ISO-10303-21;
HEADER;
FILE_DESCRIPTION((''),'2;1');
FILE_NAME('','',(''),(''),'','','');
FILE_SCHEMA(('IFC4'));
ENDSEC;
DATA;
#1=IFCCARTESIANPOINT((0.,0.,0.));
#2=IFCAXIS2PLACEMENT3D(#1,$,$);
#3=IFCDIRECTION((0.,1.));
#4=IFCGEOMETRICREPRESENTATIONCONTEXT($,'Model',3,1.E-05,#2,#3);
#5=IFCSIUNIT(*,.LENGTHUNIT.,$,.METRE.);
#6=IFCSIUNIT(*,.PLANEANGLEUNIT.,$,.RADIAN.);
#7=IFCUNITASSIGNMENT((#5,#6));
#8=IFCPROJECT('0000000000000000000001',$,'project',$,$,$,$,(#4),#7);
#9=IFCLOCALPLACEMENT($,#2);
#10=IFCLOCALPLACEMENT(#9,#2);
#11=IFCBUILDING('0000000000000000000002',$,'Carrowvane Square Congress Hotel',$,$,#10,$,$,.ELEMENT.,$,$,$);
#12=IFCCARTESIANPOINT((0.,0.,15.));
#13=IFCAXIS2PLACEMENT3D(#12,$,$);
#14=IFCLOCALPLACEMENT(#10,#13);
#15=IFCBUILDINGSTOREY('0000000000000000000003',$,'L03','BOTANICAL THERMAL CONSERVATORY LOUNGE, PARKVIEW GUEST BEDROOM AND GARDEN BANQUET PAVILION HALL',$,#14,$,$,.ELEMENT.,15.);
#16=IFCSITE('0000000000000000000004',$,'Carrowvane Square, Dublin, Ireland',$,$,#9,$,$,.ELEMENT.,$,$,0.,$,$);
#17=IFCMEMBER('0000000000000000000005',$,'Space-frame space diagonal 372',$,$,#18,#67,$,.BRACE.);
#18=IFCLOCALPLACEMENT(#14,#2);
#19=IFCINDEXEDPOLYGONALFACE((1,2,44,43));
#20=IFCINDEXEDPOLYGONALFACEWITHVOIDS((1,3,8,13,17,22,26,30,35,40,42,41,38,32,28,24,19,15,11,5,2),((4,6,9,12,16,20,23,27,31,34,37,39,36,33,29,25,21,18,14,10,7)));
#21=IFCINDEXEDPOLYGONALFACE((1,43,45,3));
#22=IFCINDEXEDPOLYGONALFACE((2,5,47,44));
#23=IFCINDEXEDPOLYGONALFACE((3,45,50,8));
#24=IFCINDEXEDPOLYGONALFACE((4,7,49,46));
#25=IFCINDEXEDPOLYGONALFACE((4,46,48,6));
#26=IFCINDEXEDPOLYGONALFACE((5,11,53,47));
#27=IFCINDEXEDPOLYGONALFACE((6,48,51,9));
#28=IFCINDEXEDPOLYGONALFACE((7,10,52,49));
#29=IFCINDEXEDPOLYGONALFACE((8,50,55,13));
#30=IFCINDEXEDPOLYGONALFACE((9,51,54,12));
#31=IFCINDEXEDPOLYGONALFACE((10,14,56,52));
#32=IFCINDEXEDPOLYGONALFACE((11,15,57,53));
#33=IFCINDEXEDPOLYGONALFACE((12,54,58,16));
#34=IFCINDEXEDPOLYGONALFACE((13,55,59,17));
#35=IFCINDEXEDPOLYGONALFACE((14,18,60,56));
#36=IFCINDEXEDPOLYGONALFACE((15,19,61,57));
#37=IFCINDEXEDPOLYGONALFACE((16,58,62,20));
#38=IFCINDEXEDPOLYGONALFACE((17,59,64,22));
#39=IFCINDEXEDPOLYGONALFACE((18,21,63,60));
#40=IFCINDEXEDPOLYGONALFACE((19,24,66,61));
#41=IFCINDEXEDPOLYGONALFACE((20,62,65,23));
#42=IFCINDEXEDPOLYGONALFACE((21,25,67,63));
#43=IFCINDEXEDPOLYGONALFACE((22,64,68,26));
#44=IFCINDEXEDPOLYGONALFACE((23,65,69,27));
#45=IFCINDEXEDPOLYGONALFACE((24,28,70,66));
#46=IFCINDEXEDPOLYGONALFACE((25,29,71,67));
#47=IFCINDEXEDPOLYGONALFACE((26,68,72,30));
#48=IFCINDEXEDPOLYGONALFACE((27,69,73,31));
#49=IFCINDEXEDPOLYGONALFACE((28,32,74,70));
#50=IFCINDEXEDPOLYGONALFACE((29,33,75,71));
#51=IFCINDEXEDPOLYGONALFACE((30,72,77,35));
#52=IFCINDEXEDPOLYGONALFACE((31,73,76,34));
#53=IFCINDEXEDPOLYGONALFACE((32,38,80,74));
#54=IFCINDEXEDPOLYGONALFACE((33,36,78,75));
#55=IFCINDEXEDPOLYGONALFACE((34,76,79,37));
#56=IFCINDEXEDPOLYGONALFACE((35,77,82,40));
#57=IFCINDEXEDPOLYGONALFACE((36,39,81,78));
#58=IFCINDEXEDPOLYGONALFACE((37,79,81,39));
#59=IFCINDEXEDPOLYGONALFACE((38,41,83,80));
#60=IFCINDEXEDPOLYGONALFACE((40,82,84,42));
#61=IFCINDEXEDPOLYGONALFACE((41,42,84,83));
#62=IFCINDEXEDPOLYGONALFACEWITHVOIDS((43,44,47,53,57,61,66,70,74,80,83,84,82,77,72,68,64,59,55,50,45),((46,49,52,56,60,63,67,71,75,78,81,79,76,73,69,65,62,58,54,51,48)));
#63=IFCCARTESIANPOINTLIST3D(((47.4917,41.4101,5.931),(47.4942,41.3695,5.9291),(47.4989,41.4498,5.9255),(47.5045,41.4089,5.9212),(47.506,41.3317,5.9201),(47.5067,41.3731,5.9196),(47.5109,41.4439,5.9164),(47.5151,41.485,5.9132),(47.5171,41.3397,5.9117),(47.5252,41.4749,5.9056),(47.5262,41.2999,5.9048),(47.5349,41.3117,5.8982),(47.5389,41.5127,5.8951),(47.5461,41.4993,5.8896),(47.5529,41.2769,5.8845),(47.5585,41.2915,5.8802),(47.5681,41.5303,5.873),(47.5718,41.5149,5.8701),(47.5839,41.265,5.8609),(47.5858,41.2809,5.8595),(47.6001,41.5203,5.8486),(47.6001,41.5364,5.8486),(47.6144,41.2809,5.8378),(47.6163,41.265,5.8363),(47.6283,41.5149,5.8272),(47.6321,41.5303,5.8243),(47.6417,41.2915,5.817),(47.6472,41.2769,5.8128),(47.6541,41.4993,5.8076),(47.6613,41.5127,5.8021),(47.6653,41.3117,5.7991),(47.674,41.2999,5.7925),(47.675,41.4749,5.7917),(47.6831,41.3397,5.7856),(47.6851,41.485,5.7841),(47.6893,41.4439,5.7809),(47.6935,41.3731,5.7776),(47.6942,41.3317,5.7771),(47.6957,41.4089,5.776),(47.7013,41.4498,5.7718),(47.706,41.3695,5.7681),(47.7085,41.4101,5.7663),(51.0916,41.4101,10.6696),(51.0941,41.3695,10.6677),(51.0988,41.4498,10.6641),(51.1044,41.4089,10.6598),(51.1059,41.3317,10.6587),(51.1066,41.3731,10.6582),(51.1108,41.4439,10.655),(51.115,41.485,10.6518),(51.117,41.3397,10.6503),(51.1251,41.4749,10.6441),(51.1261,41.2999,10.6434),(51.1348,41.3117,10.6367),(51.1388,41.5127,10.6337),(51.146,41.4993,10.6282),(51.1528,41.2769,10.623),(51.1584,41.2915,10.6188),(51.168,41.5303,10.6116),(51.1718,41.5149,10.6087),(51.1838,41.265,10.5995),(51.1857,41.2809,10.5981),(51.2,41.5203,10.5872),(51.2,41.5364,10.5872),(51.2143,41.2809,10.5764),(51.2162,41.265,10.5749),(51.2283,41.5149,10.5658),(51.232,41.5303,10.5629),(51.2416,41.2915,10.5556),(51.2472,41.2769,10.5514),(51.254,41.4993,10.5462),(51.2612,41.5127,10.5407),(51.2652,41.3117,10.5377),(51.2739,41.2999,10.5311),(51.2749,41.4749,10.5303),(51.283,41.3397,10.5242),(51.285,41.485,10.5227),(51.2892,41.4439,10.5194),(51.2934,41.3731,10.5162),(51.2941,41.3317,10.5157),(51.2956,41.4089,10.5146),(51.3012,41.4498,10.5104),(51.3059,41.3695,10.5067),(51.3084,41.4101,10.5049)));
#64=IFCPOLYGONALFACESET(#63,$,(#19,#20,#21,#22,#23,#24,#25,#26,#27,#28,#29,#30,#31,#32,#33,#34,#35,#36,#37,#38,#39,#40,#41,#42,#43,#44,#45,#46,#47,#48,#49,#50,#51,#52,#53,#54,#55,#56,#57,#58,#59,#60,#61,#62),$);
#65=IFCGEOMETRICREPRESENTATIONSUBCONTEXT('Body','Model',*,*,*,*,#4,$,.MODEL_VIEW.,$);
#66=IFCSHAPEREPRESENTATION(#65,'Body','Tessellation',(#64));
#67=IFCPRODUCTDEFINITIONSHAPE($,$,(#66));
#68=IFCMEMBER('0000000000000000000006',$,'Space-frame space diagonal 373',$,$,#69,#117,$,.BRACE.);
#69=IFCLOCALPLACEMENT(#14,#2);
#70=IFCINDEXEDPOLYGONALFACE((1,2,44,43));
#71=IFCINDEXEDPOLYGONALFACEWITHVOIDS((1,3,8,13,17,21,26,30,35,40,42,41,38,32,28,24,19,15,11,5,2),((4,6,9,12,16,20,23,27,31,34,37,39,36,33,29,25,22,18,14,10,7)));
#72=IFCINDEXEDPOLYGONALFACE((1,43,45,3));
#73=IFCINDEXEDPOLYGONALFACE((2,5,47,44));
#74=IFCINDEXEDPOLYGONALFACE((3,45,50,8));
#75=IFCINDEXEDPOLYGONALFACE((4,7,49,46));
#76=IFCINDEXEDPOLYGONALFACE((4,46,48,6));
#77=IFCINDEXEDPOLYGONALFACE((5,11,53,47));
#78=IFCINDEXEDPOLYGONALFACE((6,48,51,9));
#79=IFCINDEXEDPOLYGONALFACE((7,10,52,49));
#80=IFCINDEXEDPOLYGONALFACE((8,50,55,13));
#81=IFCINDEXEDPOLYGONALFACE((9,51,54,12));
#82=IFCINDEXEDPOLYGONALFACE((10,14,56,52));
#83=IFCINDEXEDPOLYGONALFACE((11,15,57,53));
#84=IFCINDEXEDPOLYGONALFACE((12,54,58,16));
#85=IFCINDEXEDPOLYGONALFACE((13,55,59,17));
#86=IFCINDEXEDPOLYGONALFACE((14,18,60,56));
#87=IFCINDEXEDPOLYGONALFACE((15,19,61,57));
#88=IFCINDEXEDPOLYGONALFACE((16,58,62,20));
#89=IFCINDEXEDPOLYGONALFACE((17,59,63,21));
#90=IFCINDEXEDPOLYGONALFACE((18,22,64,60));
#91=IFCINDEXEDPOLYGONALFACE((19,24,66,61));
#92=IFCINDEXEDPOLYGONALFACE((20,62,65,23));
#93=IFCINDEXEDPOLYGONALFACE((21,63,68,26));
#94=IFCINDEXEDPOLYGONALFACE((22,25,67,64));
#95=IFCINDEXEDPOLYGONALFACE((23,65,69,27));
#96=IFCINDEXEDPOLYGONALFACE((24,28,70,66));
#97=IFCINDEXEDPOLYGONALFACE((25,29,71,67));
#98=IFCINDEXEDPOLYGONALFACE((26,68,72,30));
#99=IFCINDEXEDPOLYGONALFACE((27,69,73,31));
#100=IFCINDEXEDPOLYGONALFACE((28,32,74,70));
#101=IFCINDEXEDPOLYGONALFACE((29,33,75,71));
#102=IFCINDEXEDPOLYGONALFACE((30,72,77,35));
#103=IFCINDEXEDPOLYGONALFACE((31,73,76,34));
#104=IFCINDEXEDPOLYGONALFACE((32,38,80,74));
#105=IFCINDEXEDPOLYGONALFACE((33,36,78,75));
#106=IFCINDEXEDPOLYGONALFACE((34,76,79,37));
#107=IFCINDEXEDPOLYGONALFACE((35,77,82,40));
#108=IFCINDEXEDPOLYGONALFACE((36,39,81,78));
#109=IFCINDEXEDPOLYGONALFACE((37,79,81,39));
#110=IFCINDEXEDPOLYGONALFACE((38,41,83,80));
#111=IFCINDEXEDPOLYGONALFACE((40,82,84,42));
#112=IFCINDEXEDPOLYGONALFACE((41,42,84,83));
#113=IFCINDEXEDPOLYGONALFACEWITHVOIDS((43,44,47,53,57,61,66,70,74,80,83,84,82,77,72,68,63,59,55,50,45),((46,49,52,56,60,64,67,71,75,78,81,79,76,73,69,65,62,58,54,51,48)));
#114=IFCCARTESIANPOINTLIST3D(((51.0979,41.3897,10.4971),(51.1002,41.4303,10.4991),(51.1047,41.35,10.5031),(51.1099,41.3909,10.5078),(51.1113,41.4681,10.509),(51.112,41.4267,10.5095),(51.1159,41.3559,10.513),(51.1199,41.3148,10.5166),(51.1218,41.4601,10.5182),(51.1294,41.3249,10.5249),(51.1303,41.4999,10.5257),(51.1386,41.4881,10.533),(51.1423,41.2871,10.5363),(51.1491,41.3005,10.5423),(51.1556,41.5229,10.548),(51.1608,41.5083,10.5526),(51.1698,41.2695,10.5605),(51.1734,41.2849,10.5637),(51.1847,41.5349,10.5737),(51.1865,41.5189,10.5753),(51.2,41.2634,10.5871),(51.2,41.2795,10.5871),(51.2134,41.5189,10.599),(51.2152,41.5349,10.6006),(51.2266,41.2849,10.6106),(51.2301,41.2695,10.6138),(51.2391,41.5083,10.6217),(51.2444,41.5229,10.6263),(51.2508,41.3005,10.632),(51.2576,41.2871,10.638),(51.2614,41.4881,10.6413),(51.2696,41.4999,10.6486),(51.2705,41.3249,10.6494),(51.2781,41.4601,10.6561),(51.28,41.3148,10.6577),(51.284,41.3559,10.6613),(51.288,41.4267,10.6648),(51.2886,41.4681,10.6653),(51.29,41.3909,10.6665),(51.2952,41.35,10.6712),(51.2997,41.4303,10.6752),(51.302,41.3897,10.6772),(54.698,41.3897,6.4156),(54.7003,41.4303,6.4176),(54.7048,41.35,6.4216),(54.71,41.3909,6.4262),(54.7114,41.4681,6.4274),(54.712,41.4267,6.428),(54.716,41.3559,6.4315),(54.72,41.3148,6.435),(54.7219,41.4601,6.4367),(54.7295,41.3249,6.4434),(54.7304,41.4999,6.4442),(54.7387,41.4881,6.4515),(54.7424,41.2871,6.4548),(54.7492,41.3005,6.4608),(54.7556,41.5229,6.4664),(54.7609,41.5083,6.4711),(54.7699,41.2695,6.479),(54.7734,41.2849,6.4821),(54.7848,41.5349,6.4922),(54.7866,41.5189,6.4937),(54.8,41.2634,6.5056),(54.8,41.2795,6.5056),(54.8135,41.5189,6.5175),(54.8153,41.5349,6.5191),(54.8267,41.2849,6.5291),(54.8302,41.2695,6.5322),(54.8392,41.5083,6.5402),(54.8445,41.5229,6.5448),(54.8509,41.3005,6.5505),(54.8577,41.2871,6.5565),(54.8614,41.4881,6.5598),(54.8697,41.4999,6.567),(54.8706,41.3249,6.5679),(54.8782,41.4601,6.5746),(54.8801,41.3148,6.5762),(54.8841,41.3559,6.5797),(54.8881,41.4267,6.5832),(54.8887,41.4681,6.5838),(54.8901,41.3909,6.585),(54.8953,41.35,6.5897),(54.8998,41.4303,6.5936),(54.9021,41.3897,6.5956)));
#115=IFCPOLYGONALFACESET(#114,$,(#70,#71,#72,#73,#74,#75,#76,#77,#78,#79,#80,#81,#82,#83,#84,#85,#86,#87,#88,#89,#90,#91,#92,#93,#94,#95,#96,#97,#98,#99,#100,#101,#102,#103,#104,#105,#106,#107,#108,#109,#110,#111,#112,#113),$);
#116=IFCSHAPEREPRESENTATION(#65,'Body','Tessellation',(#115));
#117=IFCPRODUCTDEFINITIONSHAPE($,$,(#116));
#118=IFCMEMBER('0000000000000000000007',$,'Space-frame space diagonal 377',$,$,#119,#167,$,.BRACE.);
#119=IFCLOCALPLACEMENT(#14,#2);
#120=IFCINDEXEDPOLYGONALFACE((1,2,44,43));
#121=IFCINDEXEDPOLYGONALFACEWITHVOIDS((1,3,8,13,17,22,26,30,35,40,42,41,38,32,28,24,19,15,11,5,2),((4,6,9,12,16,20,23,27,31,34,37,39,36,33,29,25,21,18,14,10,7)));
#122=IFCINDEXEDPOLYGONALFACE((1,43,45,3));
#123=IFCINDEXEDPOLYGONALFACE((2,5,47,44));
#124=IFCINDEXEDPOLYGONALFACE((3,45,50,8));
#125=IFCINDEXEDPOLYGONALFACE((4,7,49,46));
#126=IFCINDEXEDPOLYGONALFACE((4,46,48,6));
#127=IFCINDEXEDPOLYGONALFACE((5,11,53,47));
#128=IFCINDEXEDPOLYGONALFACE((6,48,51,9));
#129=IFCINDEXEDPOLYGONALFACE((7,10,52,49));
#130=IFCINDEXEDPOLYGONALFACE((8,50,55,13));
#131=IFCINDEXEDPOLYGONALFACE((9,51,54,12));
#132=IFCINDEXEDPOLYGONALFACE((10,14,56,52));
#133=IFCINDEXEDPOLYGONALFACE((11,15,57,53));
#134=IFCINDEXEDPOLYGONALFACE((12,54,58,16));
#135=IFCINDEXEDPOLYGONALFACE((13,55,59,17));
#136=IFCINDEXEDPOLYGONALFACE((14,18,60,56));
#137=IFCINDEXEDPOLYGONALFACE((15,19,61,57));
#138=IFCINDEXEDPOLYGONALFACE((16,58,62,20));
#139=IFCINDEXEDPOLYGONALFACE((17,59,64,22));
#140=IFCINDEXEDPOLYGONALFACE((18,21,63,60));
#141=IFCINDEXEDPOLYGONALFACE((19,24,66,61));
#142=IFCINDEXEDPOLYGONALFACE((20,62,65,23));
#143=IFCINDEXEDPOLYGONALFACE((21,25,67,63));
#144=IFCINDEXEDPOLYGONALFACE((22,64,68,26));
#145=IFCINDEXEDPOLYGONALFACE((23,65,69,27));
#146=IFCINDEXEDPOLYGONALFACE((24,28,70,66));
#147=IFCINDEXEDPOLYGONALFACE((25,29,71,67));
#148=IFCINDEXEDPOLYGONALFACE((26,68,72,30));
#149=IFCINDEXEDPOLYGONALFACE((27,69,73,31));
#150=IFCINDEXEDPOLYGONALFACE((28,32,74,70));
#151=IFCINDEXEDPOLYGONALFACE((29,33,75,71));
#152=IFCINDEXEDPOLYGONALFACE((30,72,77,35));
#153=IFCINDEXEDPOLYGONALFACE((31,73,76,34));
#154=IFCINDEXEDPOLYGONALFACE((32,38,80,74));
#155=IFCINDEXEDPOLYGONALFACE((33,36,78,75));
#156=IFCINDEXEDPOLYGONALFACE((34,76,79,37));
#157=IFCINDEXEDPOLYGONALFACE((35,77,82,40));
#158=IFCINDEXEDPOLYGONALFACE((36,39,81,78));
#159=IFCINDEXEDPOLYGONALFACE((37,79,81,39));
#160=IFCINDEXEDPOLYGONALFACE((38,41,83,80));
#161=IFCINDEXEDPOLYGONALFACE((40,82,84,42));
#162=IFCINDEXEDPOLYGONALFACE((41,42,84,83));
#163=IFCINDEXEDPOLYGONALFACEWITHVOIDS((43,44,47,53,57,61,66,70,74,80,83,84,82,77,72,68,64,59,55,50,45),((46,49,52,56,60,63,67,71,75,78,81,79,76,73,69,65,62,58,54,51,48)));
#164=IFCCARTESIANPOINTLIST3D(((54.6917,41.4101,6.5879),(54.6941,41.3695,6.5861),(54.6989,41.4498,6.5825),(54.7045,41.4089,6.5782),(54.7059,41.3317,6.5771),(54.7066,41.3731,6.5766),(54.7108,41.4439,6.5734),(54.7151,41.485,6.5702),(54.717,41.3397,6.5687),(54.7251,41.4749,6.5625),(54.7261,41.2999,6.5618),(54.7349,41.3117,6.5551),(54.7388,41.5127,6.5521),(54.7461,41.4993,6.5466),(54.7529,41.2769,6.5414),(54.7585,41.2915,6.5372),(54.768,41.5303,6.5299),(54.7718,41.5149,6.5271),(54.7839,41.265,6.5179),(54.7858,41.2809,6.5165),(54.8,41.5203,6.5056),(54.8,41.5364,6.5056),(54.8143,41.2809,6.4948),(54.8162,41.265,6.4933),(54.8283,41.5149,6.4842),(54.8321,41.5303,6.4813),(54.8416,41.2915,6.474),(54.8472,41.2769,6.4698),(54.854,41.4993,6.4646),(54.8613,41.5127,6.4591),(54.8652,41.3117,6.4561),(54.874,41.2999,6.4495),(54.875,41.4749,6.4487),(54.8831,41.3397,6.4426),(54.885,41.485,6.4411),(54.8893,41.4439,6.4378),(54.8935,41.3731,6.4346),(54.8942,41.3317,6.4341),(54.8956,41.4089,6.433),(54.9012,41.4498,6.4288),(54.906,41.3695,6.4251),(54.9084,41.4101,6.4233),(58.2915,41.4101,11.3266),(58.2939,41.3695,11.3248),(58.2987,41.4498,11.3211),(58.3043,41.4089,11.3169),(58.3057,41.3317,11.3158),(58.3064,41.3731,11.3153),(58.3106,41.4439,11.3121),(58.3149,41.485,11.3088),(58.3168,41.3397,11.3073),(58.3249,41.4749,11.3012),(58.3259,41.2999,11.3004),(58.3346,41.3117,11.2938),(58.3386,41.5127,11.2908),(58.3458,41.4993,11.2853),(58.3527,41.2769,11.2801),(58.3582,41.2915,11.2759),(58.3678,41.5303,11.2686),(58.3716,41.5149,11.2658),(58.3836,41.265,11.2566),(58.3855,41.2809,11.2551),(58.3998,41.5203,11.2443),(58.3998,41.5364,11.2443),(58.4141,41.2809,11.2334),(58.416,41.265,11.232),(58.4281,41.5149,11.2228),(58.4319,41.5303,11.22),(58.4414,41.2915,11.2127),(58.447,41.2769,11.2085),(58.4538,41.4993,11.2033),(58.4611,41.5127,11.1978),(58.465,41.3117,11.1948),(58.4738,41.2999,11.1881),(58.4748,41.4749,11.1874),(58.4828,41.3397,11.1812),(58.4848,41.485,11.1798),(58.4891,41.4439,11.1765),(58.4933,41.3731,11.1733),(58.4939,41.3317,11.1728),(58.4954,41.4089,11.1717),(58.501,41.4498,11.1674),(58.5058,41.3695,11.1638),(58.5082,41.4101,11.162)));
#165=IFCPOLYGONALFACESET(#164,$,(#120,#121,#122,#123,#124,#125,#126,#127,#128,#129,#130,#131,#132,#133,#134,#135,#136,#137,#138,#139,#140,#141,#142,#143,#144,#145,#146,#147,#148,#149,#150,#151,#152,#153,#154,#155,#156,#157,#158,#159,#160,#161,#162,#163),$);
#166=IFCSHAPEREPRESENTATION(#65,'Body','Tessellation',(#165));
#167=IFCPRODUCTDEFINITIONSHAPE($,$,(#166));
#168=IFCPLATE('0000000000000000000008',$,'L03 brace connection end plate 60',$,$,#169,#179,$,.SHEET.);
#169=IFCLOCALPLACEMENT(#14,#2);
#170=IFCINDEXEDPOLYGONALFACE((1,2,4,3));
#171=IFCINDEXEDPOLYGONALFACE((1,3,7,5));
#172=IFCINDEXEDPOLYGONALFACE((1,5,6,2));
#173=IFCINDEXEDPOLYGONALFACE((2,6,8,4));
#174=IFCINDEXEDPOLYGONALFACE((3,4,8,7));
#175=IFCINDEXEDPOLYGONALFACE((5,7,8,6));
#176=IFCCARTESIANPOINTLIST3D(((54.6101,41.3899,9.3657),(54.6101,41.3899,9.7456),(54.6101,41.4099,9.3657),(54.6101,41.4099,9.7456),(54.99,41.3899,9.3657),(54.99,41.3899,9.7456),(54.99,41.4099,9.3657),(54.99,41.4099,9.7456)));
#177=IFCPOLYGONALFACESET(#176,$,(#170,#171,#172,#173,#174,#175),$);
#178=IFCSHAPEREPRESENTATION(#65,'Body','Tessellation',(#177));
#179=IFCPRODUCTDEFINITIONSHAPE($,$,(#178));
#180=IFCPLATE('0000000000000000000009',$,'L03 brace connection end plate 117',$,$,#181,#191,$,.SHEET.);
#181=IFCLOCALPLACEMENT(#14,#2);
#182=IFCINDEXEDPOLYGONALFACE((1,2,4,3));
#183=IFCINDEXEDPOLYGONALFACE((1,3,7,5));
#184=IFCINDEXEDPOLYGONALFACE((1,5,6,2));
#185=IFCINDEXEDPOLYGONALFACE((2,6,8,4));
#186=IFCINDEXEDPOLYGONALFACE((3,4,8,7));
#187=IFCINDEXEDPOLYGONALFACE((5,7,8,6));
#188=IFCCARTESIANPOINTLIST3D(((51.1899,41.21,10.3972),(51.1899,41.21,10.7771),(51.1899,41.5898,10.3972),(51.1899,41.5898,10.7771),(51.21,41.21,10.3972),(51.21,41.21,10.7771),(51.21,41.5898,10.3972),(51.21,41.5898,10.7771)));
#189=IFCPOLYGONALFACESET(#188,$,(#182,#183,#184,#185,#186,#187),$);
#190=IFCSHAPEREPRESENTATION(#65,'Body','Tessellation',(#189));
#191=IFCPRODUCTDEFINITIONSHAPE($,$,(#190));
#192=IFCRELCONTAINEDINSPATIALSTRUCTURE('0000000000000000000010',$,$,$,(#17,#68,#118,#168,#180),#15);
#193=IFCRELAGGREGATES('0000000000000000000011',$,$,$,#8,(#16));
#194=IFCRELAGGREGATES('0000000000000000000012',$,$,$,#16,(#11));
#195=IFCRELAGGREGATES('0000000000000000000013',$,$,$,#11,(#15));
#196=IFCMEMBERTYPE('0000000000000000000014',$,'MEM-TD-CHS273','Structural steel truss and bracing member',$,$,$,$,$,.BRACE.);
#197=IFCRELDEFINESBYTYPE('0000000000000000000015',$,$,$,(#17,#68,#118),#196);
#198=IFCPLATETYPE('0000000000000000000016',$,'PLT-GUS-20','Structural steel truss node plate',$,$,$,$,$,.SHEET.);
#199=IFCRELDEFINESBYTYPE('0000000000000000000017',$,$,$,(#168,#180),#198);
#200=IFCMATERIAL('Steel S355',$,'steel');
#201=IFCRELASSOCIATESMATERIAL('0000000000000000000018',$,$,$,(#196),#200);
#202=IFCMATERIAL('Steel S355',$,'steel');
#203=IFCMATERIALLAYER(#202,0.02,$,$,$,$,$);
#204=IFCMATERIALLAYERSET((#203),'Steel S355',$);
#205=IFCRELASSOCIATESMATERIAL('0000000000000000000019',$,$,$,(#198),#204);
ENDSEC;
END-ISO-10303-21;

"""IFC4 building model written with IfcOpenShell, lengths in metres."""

from ifc_helpers import new_model, si_unit, direction, frame, origin, origin_2d, place, context, subcontext, project, spatial, rectangle, hollow_circle, extrude, material, layer, layer_set, material_profile, profile_set, type_object, element, save


model = new_model("IFC4")

# Units and contexts
model_context = context("Model", 3, precision=1e-05, world=origin(), true_north=direction((0.0, 1.0)))
body_context = subcontext(model_context, "Body", "Model", "MODEL_VIEW")
ifc_project = project(units=[si_unit("LENGTHUNIT", "METRE"), si_unit("PLANEANGLEUNIT", "RADIAN")], contexts=[model_context])

# Site, building, storey
site_placement = place(None, origin())
site = spatial("IfcSite", under=ifc_project, at=site_placement, Name="Carrowvane Square, Dublin, Ireland", CompositionType="ELEMENT", RefElevation=0.0)
building_placement = place(site_placement, origin())
building = spatial("IfcBuilding", under=site, at=building_placement, Name="Carrowvane Square Congress Hotel", CompositionType="ELEMENT")
storey_placement = place(building_placement, frame((0.0, 0.0, 15.0)))
storey = spatial("IfcBuildingStorey", under=building, at=storey_placement, Name="L03", Description="BOTANICAL THERMAL CONSERVATORY LOUNGE, PARKVIEW GUEST BEDROOM AND GARDEN BANQUET PAVILION HALL", CompositionType="ELEMENT", Elevation=15.0)

# Members
ifc_material_1 = material(Name="Steel S355", Category="steel")
ifc_material_profile_1 = material_profile(ifc_material_1, hollow_circle(Radius=0.1365, WallThickness=0.0161, at=origin_2d()), Name="CHS 273.0x16")
ifc_profile_set_1 = profile_set([ifc_material_profile_1], Name="Steel S355")
member_type_1 = type_object("IfcMemberType", Name="MEM-TD-CHS273", Description="Structural steel truss and bracing member", PredefinedType="BRACE", material=ifc_profile_set_1)
member_1_placement = place(storey_placement, frame((47.6001, 41.3999, 5.8486), z_axis=(0.604931, 0.0, 0.796278), x_axis=(0.0, 1.0, 0.0)))
element("IfcMember", 1, at=member_1_placement, inside=storey, type_object=member_type_1, Name="Space-frame space diagonal 372", PredefinedType="BRACE", context=body_context, shape_type="SweptSolid", body=[
    extrude(hollow_circle(Radius=0.1365, WallThickness=0.0161, at=origin_2d()), origin(), (0.0, 0.0, 1.0), 5.9509),
])
member_2_placement = place(storey_placement, frame((54.8, 41.3999, 6.5056), z_axis=(-0.661491, 0.0, 0.749953), x_axis=(0.0, -1.0, 0.0)))
element("IfcMember", 2, at=member_2_placement, inside=storey, type_object=member_type_1, Name="Space-frame space diagonal 373", PredefinedType="BRACE", context=body_context, shape_type="SweptSolid", body=[
    extrude(hollow_circle(Radius=0.1365, WallThickness=0.0161, at=origin_2d()), origin(), (0.0, 0.0, 1.0), 5.4424),
])
member_3_placement = place(storey_placement, frame((54.8, 41.3999, 6.5056), z_axis=(0.604912, 0.0, 0.796293), x_axis=(0.0, 1.0, 0.0)))
element("IfcMember", 3, at=member_3_placement, inside=storey, type_object=member_type_1, Name="Space-frame space diagonal 377", PredefinedType="BRACE", context=body_context, shape_type="SweptSolid", body=[
    extrude(hollow_circle(Radius=0.1365, WallThickness=0.0161, at=origin_2d()), origin(), (0.0, 0.0, 1.0), 5.9509),
])

# Plates
ifc_material_2 = material(Name="Steel S355", Category="steel")
ifc_layer_1 = layer(ifc_material_2, 0.02)
ifc_layer_set_1 = layer_set([ifc_layer_1], Name="Steel S355")
plate_type_1 = type_object("IfcPlateType", Name="PLT-GUS-20", Description="Structural steel truss node plate", PredefinedType="SHEET", material=ifc_layer_set_1)
plate_1_placement = place(storey_placement, frame((54.8, 41.3999, 9.3657), z_axis=(0.0, 0.0, 1.0), x_axis=(1.0, 0.0, 0.0)))
element("IfcPlate", 4, at=plate_1_placement, inside=storey, type_object=plate_type_1, Name="L03 brace connection end plate 60", PredefinedType="SHEET", context=body_context, shape_type="SweptSolid", body=[
    extrude(rectangle(XDim=0.3799, YDim=0.02, at=origin_2d()), origin(), (0.0, 0.0, 1.0), 0.3799),
])
plate_2_placement = place(storey_placement, frame((51.2, 41.3999, 10.3972), z_axis=(0.0, 0.0, 1.0), x_axis=(1.0, 0.0, 0.0)))
element("IfcPlate", 5, at=plate_2_placement, inside=storey, type_object=plate_type_1, Name="L03 brace connection end plate 117", PredefinedType="SHEET", context=body_context, shape_type="SweptSolid", body=[
    extrude(rectangle(XDim=0.02, YDim=0.3799, at=origin_2d()), origin(), (0.0, 0.0, 1.0), 0.3799),
])

save(model, "model.ifc")
